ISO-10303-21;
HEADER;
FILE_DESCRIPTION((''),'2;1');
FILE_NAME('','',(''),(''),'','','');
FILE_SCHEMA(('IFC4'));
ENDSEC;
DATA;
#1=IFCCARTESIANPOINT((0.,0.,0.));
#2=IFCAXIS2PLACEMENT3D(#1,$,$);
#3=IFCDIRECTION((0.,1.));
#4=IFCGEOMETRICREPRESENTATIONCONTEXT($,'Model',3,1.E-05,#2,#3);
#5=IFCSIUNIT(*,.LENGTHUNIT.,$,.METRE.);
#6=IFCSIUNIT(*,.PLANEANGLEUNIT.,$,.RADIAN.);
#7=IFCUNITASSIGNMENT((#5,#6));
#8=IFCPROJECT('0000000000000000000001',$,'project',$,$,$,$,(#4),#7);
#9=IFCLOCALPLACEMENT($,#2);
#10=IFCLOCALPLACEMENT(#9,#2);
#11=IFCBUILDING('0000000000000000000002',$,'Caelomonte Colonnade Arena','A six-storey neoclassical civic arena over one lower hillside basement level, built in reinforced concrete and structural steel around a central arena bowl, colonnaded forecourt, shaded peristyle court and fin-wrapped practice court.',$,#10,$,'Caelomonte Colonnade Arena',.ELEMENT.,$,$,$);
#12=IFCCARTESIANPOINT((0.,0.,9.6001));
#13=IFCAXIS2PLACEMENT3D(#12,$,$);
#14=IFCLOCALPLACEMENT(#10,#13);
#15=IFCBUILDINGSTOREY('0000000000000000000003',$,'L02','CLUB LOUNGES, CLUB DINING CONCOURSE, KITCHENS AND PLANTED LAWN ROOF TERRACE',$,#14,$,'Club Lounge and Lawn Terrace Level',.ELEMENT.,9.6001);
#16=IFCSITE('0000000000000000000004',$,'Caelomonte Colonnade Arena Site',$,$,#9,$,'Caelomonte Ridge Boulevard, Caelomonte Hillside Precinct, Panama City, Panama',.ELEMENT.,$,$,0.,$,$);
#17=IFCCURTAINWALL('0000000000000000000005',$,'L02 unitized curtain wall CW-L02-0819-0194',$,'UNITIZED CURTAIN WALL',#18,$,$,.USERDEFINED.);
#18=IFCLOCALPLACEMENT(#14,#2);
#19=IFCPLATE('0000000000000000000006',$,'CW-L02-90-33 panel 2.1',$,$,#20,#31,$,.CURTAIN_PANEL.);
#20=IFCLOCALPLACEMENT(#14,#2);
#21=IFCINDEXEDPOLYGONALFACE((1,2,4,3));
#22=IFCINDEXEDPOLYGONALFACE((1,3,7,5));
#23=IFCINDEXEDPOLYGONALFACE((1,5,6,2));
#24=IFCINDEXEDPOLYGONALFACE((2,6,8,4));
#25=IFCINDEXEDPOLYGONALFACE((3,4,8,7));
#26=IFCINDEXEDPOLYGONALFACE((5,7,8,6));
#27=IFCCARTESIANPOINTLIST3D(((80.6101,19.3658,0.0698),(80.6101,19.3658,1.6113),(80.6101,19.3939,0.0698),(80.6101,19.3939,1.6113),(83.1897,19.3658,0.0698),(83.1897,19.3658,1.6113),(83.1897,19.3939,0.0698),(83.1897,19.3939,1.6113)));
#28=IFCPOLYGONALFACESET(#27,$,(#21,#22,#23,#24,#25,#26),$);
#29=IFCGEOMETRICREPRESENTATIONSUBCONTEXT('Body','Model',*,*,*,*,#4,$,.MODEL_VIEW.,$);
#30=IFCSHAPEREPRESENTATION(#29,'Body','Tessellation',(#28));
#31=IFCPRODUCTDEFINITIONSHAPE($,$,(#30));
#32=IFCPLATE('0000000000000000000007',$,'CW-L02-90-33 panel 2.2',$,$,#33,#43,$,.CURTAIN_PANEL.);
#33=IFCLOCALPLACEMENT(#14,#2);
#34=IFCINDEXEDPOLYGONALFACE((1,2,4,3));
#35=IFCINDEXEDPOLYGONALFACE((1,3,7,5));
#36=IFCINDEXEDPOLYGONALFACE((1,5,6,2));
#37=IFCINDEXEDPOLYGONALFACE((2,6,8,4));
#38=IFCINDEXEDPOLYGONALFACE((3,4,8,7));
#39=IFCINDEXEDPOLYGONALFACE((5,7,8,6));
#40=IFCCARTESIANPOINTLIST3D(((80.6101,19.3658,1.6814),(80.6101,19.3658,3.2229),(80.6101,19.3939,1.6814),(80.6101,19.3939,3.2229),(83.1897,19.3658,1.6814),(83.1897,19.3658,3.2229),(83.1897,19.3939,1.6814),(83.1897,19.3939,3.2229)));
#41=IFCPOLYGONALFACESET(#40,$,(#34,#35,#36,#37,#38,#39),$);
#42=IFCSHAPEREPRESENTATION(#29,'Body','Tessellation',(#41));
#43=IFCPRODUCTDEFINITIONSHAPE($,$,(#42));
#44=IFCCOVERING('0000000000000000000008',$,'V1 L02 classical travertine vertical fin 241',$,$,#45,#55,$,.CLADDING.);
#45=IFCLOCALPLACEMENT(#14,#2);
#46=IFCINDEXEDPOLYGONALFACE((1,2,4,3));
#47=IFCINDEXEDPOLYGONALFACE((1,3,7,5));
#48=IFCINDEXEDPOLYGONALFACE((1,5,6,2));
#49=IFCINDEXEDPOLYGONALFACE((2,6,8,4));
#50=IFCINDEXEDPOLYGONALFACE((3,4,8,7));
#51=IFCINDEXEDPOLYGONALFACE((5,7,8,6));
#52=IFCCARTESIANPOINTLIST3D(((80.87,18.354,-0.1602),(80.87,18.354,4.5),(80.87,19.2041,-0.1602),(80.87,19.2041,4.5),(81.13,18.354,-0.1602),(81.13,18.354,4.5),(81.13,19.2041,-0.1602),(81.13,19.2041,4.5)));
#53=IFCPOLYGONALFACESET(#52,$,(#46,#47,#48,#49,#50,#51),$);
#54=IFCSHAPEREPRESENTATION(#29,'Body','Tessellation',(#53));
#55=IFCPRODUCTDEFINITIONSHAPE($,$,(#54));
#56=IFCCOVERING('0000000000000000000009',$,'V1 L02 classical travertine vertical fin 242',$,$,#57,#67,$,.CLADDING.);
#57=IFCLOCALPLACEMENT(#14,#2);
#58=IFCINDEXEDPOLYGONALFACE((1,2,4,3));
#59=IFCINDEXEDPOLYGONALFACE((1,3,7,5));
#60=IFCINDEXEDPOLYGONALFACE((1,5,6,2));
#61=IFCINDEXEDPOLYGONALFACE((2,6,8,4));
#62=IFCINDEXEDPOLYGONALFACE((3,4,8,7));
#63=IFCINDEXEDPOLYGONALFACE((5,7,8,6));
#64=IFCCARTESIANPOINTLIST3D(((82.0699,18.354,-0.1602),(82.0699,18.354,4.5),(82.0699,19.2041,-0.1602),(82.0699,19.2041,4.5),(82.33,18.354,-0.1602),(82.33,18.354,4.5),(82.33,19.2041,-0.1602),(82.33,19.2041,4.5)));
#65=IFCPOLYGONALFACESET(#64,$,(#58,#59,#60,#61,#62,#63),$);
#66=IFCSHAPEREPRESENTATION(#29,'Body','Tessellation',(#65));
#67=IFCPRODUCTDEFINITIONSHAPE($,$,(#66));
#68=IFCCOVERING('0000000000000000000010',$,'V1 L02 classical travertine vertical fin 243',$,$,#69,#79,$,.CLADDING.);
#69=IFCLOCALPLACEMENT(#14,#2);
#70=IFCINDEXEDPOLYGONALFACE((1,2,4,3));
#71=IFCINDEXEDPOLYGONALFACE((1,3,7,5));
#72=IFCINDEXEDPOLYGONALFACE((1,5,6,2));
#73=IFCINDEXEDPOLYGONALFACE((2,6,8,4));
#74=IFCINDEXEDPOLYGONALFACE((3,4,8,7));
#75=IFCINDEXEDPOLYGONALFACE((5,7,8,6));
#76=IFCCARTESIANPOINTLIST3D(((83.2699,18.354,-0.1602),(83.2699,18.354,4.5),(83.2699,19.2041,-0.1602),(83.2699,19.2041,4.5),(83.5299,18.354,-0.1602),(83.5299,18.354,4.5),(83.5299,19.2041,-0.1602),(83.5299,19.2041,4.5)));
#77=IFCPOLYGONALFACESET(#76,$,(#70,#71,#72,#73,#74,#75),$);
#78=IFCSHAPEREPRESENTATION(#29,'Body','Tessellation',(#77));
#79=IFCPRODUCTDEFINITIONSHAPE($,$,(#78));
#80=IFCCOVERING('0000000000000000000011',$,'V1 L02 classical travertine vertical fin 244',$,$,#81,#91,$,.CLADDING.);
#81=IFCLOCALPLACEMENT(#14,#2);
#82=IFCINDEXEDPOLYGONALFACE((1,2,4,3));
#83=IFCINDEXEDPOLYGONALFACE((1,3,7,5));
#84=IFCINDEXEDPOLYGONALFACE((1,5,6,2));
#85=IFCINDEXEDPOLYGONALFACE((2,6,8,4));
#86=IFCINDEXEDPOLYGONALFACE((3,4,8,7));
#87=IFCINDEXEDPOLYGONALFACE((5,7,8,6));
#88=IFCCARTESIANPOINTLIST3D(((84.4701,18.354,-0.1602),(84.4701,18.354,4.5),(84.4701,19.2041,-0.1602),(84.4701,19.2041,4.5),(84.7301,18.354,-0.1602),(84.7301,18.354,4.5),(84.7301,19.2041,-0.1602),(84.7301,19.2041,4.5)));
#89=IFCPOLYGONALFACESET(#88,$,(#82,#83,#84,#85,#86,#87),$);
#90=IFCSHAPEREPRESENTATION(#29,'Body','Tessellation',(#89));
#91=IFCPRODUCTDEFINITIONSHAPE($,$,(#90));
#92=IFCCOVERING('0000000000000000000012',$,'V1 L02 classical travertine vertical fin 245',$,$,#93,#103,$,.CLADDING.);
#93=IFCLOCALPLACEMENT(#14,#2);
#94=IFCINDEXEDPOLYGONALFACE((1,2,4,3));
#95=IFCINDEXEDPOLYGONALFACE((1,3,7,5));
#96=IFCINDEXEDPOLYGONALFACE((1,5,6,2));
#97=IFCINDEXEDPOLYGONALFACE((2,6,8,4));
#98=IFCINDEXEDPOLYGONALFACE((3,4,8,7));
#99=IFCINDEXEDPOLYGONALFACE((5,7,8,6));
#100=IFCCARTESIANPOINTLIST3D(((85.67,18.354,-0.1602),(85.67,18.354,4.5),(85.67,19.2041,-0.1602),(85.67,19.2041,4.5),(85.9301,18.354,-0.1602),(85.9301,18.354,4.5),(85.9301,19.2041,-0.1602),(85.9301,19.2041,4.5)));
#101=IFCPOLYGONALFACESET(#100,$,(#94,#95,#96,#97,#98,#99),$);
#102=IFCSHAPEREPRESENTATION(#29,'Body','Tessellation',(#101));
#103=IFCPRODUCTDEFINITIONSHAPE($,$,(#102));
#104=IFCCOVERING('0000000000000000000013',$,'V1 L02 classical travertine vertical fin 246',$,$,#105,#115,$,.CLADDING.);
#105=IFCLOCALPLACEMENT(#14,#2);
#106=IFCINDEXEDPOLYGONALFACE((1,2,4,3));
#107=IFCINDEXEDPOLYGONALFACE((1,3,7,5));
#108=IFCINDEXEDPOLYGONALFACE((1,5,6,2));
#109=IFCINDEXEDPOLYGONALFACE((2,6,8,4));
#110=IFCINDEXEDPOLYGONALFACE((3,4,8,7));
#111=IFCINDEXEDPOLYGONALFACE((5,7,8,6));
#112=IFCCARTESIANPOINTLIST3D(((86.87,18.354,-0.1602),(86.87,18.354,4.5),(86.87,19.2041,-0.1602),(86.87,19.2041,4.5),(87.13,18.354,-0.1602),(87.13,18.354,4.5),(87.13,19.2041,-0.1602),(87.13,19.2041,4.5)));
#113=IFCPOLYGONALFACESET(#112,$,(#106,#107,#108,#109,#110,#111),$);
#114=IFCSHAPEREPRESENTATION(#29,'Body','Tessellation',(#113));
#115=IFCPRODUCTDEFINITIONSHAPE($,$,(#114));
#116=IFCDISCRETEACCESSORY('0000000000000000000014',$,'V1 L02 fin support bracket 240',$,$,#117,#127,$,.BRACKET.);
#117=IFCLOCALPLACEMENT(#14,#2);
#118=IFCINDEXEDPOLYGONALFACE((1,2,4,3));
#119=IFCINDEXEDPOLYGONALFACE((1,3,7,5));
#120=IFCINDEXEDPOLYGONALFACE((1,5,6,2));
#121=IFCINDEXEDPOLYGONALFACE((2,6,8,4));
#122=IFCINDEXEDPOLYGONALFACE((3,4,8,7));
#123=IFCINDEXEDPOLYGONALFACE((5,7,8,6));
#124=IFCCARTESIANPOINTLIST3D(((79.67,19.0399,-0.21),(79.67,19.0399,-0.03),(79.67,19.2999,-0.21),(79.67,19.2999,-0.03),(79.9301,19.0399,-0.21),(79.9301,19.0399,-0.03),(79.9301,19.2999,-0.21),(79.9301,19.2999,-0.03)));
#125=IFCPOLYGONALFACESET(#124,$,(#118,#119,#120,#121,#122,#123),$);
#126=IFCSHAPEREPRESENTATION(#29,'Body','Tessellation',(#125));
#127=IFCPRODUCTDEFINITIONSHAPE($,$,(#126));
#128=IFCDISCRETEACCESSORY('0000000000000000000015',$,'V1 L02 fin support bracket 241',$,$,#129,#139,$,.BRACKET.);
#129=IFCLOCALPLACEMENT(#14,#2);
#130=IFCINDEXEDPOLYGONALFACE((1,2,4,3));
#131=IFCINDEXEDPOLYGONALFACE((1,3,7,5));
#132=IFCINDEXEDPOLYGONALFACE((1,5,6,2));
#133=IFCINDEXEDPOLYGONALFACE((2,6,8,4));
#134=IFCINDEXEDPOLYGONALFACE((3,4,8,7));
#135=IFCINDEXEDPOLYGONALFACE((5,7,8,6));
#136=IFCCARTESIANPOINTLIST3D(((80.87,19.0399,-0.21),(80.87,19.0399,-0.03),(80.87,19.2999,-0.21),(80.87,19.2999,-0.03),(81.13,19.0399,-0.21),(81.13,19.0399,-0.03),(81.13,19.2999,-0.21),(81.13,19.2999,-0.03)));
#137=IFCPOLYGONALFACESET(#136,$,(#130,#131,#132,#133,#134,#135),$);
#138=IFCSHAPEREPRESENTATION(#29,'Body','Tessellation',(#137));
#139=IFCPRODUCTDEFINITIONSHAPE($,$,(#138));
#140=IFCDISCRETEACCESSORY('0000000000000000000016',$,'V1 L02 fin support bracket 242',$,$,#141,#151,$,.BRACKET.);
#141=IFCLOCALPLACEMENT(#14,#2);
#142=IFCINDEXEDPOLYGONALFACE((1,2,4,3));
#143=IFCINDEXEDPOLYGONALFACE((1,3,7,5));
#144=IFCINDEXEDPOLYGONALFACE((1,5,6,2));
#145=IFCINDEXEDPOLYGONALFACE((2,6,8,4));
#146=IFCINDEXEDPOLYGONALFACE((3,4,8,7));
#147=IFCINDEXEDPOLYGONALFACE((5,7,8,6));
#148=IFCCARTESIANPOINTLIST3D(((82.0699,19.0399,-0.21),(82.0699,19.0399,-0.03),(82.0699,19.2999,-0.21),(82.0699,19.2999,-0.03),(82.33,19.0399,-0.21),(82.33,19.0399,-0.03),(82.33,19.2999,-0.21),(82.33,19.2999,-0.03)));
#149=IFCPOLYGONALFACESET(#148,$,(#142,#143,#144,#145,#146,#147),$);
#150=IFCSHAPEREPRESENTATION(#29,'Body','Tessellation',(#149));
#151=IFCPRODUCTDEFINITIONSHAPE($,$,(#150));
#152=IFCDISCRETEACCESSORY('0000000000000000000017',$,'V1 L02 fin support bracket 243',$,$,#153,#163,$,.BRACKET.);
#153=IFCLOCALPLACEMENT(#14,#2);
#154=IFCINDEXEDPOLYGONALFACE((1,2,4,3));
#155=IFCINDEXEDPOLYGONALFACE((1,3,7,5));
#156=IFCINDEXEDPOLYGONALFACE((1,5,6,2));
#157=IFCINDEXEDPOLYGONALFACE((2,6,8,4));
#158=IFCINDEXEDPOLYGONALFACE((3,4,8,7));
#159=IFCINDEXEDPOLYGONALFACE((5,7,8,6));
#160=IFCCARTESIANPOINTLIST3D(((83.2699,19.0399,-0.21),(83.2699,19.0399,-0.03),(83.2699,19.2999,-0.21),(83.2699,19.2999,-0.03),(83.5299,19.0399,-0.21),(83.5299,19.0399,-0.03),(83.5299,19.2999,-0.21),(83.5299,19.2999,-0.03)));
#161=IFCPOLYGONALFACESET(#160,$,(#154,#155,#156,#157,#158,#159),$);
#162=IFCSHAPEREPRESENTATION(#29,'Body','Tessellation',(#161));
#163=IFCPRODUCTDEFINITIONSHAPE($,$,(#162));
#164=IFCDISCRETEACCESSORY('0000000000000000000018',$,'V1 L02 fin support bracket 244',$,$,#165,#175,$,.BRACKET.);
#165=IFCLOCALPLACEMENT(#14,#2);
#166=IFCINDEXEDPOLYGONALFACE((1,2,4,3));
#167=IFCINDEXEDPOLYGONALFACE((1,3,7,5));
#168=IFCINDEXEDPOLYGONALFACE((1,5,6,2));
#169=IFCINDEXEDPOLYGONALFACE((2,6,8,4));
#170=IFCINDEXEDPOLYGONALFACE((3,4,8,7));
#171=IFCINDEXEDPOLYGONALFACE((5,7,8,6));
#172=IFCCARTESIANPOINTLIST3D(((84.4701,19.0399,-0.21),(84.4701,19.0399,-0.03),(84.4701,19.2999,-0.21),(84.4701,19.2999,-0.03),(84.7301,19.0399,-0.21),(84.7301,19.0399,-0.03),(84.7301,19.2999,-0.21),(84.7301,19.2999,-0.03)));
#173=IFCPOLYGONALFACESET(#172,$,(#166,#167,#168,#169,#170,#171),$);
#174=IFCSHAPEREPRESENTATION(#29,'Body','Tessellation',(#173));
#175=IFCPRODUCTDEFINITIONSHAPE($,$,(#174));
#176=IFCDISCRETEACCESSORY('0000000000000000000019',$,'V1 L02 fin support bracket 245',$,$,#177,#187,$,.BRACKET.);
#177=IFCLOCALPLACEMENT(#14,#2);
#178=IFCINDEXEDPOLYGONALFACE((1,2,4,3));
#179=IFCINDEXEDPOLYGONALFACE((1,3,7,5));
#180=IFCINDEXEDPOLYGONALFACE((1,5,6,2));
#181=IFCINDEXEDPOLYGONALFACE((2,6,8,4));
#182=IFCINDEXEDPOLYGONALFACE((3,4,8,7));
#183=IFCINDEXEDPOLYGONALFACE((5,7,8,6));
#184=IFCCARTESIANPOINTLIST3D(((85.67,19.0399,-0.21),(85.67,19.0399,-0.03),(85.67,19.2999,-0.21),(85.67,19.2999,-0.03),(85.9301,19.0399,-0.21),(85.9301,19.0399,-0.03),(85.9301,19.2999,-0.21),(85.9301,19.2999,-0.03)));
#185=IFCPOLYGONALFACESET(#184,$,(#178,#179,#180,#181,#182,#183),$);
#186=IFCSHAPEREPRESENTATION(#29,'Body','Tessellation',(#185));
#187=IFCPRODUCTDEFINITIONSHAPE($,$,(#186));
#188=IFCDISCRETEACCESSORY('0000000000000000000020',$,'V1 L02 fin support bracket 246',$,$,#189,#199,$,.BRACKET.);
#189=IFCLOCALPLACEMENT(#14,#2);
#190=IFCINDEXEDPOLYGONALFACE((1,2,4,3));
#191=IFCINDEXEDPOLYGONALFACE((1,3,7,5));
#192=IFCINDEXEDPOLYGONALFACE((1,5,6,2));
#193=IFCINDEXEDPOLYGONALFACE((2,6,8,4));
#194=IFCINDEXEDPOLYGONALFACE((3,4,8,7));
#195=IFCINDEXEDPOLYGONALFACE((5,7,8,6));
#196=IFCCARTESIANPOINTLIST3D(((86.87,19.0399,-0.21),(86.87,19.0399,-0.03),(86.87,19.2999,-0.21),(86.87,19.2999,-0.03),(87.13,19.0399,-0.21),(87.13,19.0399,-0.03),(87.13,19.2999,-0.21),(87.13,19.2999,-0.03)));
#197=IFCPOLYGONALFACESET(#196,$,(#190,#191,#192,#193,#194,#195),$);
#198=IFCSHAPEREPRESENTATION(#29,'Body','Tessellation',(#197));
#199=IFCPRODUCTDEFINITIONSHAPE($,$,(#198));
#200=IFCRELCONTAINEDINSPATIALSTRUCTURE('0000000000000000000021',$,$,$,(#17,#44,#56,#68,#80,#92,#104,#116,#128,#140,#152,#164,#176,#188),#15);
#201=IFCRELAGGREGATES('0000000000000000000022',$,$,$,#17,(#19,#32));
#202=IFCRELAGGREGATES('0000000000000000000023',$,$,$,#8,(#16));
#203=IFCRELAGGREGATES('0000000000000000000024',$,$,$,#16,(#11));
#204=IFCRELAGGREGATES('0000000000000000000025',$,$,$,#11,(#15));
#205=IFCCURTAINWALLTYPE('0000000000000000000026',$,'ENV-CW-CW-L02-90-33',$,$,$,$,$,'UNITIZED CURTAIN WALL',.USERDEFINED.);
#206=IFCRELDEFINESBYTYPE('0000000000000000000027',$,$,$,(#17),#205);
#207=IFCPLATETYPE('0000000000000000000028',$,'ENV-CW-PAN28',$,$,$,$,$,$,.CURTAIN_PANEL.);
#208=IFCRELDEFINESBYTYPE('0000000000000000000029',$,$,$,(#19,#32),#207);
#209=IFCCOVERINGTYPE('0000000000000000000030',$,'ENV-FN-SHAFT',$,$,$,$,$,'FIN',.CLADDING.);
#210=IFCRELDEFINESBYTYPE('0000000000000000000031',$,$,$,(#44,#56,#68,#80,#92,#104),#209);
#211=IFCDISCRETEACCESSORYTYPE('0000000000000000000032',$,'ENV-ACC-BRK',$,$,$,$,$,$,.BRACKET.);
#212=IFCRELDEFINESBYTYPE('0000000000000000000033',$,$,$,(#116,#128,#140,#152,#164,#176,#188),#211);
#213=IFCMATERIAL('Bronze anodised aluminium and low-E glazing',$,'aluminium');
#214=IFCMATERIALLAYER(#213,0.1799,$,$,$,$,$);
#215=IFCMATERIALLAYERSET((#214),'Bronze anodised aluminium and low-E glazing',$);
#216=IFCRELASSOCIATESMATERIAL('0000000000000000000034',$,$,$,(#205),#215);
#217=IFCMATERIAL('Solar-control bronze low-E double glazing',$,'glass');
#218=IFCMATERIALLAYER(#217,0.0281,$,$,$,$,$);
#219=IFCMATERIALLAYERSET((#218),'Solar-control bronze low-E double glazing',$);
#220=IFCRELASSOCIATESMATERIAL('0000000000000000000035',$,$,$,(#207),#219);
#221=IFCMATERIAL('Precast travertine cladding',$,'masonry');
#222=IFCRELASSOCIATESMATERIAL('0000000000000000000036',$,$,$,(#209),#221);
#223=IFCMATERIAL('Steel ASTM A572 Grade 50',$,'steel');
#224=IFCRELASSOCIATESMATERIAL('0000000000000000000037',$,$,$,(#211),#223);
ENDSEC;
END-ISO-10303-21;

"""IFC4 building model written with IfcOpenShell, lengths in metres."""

from ifc_helpers import new_model, si_unit, direction, frame, origin, origin_2d, place, context, subcontext, project, spatial, rectangle, extrude, material, layer, layer_set, material_profile, profile_set, type_object, element, aggregate, save


model = new_model("IFC4")

# Units and contexts
model_context = context("Model", 3, precision=1e-05, world=origin(), true_north=direction((0.0, 1.0)))
body_context = subcontext(model_context, "Body", "Model", "MODEL_VIEW")
ifc_project = project(units=[si_unit("LENGTHUNIT", "METRE"), si_unit("PLANEANGLEUNIT", "RADIAN")], contexts=[model_context])

# Site, building, storey
site_placement = place(None, origin())
site = spatial("IfcSite", under=ifc_project, at=site_placement, Name="Caelomonte Colonnade Arena Site", LongName="Caelomonte Ridge Boulevard, Caelomonte Hillside Precinct, Panama City, Panama", CompositionType="ELEMENT", RefElevation=0.0)
building_placement = place(site_placement, origin())
building = spatial("IfcBuilding", under=site, at=building_placement, Name="Caelomonte Colonnade Arena", Description="A six-storey neoclassical civic arena over one lower hillside basement level, built in reinforced concrete and structural steel around a central arena bowl, colonnaded forecourt, shaded peristyle court and fin-wrapped practice court.", LongName="Caelomonte Colonnade Arena", CompositionType="ELEMENT")
storey_placement = place(building_placement, frame((0.0, 0.0, 9.6001)))
storey = spatial("IfcBuildingStorey", under=building, at=storey_placement, Name="L02", Description="CLUB LOUNGES, CLUB DINING CONCOURSE, KITCHENS AND PLANTED LAWN ROOF TERRACE", LongName="Club Lounge and Lawn Terrace Level", CompositionType="ELEMENT", Elevation=9.6001)

# Curtain wall
ifc_material_1 = material(Name="Bronze anodised aluminium and low-E glazing", Category="aluminium")
ifc_layer_1 = layer(ifc_material_1, 0.1799)
ifc_layer_set_1 = layer_set([ifc_layer_1], Name="Bronze anodised aluminium and low-E glazing")
curtain_wall_type = type_object("IfcCurtainWallType", Name="ENV-CW-CW-L02-90-33", ElementType="UNITIZED CURTAIN WALL", PredefinedType="USERDEFINED", material=ifc_layer_set_1)
curtain_wall_placement = place(storey_placement, origin())
curtain_wall = element("IfcCurtainWall", 1, at=curtain_wall_placement, inside=storey, type_object=curtain_wall_type, Name="L02 unitized curtain wall CW-L02-0819-0194", ObjectType="UNITIZED CURTAIN WALL", PredefinedType="USERDEFINED")

# Plates
ifc_material_2 = material(Name="Solar-control bronze low-E double glazing", Category="glass")
ifc_layer_2 = layer(ifc_material_2, 0.0281)
ifc_layer_set_2 = layer_set([ifc_layer_2], Name="Solar-control bronze low-E double glazing")
plate_type = type_object("IfcPlateType", Name="ENV-CW-PAN28", PredefinedType="CURTAIN_PANEL", material=ifc_layer_set_2)
plate_1_placement = place(storey_placement, frame((81.8999, 19.3799, 0.0698), z_axis=(0.0, 0.0, 1.0), x_axis=(1.0, 0.0, 0.0)))
plate_1 = element("IfcPlate", 2, at=plate_1_placement, type_object=plate_type, Name="CW-L02-90-33 panel 2.1", PredefinedType="CURTAIN_PANEL", context=body_context, shape_type="SweptSolid", body=[
    extrude(rectangle(XDim=2.5796, YDim=0.0281, at=origin_2d()), origin(), (0.0, 0.0, 1.0), 1.5415),
])
plate_2_placement = place(storey_placement, frame((81.8999, 19.3799, 1.6814), z_axis=(0.0, 0.0, 1.0), x_axis=(1.0, 0.0, 0.0)))
plate_2 = element("IfcPlate", 3, at=plate_2_placement, type_object=plate_type, Name="CW-L02-90-33 panel 2.2", PredefinedType="CURTAIN_PANEL", context=body_context, shape_type="SweptSolid", body=[
    extrude(rectangle(XDim=2.5796, YDim=0.0281, at=origin_2d()), origin(), (0.0, 0.0, 1.0), 1.5415),
])
aggregate(curtain_wall, [plate_1, plate_2])

# Coverings
ifc_material_3 = material(Name="Precast travertine cladding", Category="masonry")
ifc_material_profile_1 = material_profile(ifc_material_3, rectangle(XDim=0.26, YDim=0.8501, at=origin_2d()), Name="FIN260X850")
ifc_profile_set_1 = profile_set([ifc_material_profile_1], Name="Precast travertine cladding")
covering_type = type_object("IfcCoveringType", Name="ENV-FN-SHAFT", ElementType="FIN", PredefinedType="CLADDING", material=ifc_profile_set_1)
for number, where, z_axis, x_axis, name in (
    (4, (81.0, 18.7791, -0.1602), (0.0, 0.0, 1.0), (-1.0, 0.0, 0.0), "V1 L02 classical travertine vertical fin 241"),
    (5, (82.2, 18.7791, -0.1602), (0.0, 0.0, 1.0), (-1.0, 0.0, 0.0), "V1 L02 classical travertine vertical fin 242"),
    (6, (83.3999, 18.7791, -0.1602), (0.0, 0.0, 1.0), (-1.0, 0.0, 0.0), "V1 L02 classical travertine vertical fin 243"),
    (7, (84.6001, 18.7791, -0.1602), (0.0, 0.0, 1.0), (-1.0, 0.0, 0.0), "V1 L02 classical travertine vertical fin 244"),
    (8, (85.8, 18.7791, -0.1602), (0.0, 0.0, 1.0), (-1.0, 0.0, 0.0), "V1 L02 classical travertine vertical fin 245"),
    (9, (87.0, 18.7791, -0.1602), (0.0, 0.0, 1.0), (-1.0, 0.0, 0.0), "V1 L02 classical travertine vertical fin 246"),
):
    element("IfcCovering", number, at=place(storey_placement, frame(where, z_axis=z_axis, x_axis=x_axis)), inside=storey, type_object=covering_type, Name=name, PredefinedType="CLADDING", context=body_context, shape_type="SweptSolid", body=[
        extrude(rectangle(XDim=0.26, YDim=0.8501, at=origin_2d()), origin(), (0.0, 0.0, 1.0), 4.6602),
    ])

# Discrete accessories
ifc_material_4 = material(Name="Steel ASTM A572 Grade 50", Category="steel")
discrete_accessory_type = type_object("IfcDiscreteAccessoryType", Name="ENV-ACC-BRK", PredefinedType="BRACKET", material=ifc_material_4)
for number, where, z_axis, x_axis, name in (
    (10, (79.8, 19.1699, -0.21), (0.0, 0.0, 1.0), (1.0, 0.0, 0.0), "V1 L02 fin support bracket 240"),
    (11, (81.0, 19.1699, -0.21), (0.0, 0.0, 1.0), (1.0, 0.0, 0.0), "V1 L02 fin support bracket 241"),
    (12, (82.2, 19.1699, -0.21), (0.0, 0.0, 1.0), (1.0, 0.0, 0.0), "V1 L02 fin support bracket 242"),
    (13, (83.3999, 19.1699, -0.21), (0.0, 0.0, 1.0), (1.0, 0.0, 0.0), "V1 L02 fin support bracket 243"),
    (14, (84.6001, 19.1699, -0.21), (0.0, 0.0, 1.0), (1.0, 0.0, 0.0), "V1 L02 fin support bracket 244"),
    (15, (85.8, 19.1699, -0.21), (0.0, 0.0, 1.0), (1.0, 0.0, 0.0), "V1 L02 fin support bracket 245"),
    (16, (87.0, 19.1699, -0.21), (0.0, 0.0, 1.0), (1.0, 0.0, 0.0), "V1 L02 fin support bracket 246"),
):
    element("IfcDiscreteAccessory", number, at=place(storey_placement, frame(where, z_axis=z_axis, x_axis=x_axis)), inside=storey, type_object=discrete_accessory_type, Name=name, PredefinedType="BRACKET", context=body_context, shape_type="SweptSolid", body=[
        extrude(rectangle(XDim=0.26, YDim=0.26, at=origin_2d()), origin(), (0.0, 0.0, 1.0), 0.1799),
    ])

save(model, "model.ifc")
